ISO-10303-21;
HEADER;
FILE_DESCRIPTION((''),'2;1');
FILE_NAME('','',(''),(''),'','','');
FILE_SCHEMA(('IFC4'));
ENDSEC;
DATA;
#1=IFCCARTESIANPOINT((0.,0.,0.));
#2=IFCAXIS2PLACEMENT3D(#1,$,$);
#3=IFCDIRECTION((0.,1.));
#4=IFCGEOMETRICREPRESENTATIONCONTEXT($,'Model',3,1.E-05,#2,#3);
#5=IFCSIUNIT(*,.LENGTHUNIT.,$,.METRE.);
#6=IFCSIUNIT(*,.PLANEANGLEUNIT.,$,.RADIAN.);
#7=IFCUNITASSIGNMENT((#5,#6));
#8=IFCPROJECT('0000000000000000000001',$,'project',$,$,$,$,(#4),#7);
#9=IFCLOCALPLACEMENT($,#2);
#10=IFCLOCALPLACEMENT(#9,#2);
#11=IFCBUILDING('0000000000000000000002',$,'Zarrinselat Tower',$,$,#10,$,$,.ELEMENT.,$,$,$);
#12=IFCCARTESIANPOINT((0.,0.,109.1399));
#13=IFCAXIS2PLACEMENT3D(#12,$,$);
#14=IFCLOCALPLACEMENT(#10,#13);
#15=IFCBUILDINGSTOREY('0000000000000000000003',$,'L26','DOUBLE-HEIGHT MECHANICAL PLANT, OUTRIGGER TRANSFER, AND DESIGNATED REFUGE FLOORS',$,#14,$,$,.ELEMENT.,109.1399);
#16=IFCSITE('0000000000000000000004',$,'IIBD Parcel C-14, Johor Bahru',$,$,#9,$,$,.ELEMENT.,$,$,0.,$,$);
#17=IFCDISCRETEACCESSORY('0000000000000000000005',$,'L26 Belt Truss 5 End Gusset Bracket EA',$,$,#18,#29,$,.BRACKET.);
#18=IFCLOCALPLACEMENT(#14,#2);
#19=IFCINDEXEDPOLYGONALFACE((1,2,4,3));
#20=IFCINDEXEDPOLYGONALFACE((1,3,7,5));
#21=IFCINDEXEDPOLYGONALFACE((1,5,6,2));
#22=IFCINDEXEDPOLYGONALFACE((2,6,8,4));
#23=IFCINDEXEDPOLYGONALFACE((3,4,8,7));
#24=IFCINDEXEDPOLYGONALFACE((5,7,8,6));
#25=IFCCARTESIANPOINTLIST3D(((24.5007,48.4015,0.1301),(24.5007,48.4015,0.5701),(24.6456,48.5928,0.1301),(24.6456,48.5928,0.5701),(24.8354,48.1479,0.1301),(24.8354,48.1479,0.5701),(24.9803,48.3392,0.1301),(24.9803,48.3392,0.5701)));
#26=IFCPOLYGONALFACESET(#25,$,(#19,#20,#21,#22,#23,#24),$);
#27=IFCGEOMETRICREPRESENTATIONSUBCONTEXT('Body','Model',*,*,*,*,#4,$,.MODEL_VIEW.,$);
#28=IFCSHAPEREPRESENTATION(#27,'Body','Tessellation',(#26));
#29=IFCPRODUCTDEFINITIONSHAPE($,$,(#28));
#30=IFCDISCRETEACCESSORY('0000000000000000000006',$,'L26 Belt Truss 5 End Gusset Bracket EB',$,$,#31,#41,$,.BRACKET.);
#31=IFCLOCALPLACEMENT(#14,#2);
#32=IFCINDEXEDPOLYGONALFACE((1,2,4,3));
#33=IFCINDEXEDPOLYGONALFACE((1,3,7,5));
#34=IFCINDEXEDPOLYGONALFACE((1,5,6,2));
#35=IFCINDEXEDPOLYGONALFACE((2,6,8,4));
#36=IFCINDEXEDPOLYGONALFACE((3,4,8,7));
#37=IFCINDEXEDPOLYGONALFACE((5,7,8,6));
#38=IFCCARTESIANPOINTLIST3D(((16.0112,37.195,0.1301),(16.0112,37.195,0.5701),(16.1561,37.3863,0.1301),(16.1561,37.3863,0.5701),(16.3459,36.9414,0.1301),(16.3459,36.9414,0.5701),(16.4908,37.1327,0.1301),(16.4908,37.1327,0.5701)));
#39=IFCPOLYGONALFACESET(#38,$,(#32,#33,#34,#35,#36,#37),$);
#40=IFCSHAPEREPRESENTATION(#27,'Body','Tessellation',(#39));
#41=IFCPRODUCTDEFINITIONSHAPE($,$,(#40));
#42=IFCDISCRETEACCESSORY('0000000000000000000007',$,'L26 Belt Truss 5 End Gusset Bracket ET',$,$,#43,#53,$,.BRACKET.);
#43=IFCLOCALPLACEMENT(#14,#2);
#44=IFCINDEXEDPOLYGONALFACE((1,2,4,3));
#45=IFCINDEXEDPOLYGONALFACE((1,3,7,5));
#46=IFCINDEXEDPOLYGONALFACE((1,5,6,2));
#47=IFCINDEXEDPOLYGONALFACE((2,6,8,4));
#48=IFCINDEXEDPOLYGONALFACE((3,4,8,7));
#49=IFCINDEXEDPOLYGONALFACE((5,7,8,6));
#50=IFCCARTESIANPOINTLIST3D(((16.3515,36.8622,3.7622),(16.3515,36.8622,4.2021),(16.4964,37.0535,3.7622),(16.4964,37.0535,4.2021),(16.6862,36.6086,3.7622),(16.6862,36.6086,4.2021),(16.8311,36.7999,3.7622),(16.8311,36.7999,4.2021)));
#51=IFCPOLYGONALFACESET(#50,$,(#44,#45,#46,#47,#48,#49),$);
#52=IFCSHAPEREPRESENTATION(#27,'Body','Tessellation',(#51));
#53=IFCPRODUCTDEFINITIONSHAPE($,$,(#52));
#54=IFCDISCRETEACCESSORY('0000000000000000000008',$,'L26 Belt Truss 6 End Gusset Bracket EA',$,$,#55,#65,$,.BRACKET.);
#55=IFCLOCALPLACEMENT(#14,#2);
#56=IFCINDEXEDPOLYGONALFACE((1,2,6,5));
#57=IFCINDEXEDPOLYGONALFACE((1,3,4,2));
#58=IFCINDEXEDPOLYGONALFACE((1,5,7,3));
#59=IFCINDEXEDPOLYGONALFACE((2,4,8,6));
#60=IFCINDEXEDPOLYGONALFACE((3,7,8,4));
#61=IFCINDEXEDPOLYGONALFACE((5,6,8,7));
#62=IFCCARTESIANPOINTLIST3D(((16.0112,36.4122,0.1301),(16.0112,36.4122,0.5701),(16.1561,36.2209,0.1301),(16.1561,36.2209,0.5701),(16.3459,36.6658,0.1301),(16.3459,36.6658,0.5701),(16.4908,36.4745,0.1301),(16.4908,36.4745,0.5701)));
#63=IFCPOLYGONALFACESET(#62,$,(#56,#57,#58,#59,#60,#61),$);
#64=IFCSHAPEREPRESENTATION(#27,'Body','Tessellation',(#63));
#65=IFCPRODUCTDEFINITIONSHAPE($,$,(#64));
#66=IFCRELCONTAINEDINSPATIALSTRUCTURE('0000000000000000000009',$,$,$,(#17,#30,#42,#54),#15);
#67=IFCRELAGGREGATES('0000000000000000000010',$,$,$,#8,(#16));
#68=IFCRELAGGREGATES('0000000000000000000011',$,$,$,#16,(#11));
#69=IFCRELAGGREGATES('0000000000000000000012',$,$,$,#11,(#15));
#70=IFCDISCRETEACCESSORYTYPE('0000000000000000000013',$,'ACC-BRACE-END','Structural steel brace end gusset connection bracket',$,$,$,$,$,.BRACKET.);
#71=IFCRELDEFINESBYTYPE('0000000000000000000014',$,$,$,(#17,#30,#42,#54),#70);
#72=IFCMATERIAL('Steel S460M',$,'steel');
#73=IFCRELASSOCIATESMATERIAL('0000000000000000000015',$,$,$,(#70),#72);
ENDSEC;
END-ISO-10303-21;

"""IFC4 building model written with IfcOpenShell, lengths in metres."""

from ifc_helpers import new_model, si_unit, direction, frame, origin, origin_2d, place, context, subcontext, project, spatial, rectangle, extrude, material, type_object, element, save


model = new_model("IFC4")

# Units and contexts
model_context = context("Model", 3, precision=1e-05, world=origin(), true_north=direction((0.0, 1.0)))
body_context = subcontext(model_context, "Body", "Model", "MODEL_VIEW")
ifc_project = project(units=[si_unit("LENGTHUNIT", "METRE"), si_unit("PLANEANGLEUNIT", "RADIAN")], contexts=[model_context])

# Site, building, storey
site_placement = place(None, origin())
site = spatial("IfcSite", under=ifc_project, at=site_placement, Name="IIBD Parcel C-14, Johor Bahru", CompositionType="ELEMENT", RefElevation=0.0)
building_placement = place(site_placement, origin())
building = spatial("IfcBuilding", under=site, at=building_placement, Name="Zarrinselat Tower", CompositionType="ELEMENT")
storey_placement = place(building_placement, frame((0.0, 0.0, 109.1399)))
storey = spatial("IfcBuildingStorey", under=building, at=storey_placement, Name="L26", Description="DOUBLE-HEIGHT MECHANICAL PLANT, OUTRIGGER TRANSFER, AND DESIGNATED REFUGE FLOORS", CompositionType="ELEMENT", Elevation=109.1399)

# Discrete accessories
ifc_material_1 = material(Name="Steel S460M", Category="steel")
discrete_accessory_type = type_object("IfcDiscreteAccessoryType", Name="ACC-BRACE-END", Description="Structural steel brace end gusset connection bracket", PredefinedType="BRACKET", material=ifc_material_1)
for number, where, z_axis, x_axis, name in (
    (1, (24.7405, 48.3704, 0.1301), (0.0, 0.0, 1.0), (-0.603855, -0.797094, 0.0), "L26 Belt Truss 5 End Gusset Bracket EA"),
    (2, (16.251, 37.1638, 0.1301), (0.0, 0.0, 1.0), (-0.603855, -0.797094, 0.0), "L26 Belt Truss 5 End Gusset Bracket EB"),
    (3, (16.5913, 36.8311, 3.7622), (0.0, 0.0, 1.0), (-0.603855, -0.797094, 0.0), "L26 Belt Truss 5 End Gusset Bracket ET"),
    (4, (16.251, 36.4434, 0.1301), (0.0, 0.0, 1.0), (0.603848, -0.797099, 0.0), "L26 Belt Truss 6 End Gusset Bracket EA"),
):
    element("IfcDiscreteAccessory", number, at=place(storey_placement, frame(where, z_axis=z_axis, x_axis=x_axis)), inside=storey, type_object=discrete_accessory_type, Name=name, PredefinedType="BRACKET", context=body_context, shape_type="SweptSolid", body=[
        extrude(rectangle(XDim=0.24, YDim=0.4199, at=origin_2d()), origin(), (0.0, 0.0, 1.0), 0.4399),
    ])

save(model, "model.ifc")
